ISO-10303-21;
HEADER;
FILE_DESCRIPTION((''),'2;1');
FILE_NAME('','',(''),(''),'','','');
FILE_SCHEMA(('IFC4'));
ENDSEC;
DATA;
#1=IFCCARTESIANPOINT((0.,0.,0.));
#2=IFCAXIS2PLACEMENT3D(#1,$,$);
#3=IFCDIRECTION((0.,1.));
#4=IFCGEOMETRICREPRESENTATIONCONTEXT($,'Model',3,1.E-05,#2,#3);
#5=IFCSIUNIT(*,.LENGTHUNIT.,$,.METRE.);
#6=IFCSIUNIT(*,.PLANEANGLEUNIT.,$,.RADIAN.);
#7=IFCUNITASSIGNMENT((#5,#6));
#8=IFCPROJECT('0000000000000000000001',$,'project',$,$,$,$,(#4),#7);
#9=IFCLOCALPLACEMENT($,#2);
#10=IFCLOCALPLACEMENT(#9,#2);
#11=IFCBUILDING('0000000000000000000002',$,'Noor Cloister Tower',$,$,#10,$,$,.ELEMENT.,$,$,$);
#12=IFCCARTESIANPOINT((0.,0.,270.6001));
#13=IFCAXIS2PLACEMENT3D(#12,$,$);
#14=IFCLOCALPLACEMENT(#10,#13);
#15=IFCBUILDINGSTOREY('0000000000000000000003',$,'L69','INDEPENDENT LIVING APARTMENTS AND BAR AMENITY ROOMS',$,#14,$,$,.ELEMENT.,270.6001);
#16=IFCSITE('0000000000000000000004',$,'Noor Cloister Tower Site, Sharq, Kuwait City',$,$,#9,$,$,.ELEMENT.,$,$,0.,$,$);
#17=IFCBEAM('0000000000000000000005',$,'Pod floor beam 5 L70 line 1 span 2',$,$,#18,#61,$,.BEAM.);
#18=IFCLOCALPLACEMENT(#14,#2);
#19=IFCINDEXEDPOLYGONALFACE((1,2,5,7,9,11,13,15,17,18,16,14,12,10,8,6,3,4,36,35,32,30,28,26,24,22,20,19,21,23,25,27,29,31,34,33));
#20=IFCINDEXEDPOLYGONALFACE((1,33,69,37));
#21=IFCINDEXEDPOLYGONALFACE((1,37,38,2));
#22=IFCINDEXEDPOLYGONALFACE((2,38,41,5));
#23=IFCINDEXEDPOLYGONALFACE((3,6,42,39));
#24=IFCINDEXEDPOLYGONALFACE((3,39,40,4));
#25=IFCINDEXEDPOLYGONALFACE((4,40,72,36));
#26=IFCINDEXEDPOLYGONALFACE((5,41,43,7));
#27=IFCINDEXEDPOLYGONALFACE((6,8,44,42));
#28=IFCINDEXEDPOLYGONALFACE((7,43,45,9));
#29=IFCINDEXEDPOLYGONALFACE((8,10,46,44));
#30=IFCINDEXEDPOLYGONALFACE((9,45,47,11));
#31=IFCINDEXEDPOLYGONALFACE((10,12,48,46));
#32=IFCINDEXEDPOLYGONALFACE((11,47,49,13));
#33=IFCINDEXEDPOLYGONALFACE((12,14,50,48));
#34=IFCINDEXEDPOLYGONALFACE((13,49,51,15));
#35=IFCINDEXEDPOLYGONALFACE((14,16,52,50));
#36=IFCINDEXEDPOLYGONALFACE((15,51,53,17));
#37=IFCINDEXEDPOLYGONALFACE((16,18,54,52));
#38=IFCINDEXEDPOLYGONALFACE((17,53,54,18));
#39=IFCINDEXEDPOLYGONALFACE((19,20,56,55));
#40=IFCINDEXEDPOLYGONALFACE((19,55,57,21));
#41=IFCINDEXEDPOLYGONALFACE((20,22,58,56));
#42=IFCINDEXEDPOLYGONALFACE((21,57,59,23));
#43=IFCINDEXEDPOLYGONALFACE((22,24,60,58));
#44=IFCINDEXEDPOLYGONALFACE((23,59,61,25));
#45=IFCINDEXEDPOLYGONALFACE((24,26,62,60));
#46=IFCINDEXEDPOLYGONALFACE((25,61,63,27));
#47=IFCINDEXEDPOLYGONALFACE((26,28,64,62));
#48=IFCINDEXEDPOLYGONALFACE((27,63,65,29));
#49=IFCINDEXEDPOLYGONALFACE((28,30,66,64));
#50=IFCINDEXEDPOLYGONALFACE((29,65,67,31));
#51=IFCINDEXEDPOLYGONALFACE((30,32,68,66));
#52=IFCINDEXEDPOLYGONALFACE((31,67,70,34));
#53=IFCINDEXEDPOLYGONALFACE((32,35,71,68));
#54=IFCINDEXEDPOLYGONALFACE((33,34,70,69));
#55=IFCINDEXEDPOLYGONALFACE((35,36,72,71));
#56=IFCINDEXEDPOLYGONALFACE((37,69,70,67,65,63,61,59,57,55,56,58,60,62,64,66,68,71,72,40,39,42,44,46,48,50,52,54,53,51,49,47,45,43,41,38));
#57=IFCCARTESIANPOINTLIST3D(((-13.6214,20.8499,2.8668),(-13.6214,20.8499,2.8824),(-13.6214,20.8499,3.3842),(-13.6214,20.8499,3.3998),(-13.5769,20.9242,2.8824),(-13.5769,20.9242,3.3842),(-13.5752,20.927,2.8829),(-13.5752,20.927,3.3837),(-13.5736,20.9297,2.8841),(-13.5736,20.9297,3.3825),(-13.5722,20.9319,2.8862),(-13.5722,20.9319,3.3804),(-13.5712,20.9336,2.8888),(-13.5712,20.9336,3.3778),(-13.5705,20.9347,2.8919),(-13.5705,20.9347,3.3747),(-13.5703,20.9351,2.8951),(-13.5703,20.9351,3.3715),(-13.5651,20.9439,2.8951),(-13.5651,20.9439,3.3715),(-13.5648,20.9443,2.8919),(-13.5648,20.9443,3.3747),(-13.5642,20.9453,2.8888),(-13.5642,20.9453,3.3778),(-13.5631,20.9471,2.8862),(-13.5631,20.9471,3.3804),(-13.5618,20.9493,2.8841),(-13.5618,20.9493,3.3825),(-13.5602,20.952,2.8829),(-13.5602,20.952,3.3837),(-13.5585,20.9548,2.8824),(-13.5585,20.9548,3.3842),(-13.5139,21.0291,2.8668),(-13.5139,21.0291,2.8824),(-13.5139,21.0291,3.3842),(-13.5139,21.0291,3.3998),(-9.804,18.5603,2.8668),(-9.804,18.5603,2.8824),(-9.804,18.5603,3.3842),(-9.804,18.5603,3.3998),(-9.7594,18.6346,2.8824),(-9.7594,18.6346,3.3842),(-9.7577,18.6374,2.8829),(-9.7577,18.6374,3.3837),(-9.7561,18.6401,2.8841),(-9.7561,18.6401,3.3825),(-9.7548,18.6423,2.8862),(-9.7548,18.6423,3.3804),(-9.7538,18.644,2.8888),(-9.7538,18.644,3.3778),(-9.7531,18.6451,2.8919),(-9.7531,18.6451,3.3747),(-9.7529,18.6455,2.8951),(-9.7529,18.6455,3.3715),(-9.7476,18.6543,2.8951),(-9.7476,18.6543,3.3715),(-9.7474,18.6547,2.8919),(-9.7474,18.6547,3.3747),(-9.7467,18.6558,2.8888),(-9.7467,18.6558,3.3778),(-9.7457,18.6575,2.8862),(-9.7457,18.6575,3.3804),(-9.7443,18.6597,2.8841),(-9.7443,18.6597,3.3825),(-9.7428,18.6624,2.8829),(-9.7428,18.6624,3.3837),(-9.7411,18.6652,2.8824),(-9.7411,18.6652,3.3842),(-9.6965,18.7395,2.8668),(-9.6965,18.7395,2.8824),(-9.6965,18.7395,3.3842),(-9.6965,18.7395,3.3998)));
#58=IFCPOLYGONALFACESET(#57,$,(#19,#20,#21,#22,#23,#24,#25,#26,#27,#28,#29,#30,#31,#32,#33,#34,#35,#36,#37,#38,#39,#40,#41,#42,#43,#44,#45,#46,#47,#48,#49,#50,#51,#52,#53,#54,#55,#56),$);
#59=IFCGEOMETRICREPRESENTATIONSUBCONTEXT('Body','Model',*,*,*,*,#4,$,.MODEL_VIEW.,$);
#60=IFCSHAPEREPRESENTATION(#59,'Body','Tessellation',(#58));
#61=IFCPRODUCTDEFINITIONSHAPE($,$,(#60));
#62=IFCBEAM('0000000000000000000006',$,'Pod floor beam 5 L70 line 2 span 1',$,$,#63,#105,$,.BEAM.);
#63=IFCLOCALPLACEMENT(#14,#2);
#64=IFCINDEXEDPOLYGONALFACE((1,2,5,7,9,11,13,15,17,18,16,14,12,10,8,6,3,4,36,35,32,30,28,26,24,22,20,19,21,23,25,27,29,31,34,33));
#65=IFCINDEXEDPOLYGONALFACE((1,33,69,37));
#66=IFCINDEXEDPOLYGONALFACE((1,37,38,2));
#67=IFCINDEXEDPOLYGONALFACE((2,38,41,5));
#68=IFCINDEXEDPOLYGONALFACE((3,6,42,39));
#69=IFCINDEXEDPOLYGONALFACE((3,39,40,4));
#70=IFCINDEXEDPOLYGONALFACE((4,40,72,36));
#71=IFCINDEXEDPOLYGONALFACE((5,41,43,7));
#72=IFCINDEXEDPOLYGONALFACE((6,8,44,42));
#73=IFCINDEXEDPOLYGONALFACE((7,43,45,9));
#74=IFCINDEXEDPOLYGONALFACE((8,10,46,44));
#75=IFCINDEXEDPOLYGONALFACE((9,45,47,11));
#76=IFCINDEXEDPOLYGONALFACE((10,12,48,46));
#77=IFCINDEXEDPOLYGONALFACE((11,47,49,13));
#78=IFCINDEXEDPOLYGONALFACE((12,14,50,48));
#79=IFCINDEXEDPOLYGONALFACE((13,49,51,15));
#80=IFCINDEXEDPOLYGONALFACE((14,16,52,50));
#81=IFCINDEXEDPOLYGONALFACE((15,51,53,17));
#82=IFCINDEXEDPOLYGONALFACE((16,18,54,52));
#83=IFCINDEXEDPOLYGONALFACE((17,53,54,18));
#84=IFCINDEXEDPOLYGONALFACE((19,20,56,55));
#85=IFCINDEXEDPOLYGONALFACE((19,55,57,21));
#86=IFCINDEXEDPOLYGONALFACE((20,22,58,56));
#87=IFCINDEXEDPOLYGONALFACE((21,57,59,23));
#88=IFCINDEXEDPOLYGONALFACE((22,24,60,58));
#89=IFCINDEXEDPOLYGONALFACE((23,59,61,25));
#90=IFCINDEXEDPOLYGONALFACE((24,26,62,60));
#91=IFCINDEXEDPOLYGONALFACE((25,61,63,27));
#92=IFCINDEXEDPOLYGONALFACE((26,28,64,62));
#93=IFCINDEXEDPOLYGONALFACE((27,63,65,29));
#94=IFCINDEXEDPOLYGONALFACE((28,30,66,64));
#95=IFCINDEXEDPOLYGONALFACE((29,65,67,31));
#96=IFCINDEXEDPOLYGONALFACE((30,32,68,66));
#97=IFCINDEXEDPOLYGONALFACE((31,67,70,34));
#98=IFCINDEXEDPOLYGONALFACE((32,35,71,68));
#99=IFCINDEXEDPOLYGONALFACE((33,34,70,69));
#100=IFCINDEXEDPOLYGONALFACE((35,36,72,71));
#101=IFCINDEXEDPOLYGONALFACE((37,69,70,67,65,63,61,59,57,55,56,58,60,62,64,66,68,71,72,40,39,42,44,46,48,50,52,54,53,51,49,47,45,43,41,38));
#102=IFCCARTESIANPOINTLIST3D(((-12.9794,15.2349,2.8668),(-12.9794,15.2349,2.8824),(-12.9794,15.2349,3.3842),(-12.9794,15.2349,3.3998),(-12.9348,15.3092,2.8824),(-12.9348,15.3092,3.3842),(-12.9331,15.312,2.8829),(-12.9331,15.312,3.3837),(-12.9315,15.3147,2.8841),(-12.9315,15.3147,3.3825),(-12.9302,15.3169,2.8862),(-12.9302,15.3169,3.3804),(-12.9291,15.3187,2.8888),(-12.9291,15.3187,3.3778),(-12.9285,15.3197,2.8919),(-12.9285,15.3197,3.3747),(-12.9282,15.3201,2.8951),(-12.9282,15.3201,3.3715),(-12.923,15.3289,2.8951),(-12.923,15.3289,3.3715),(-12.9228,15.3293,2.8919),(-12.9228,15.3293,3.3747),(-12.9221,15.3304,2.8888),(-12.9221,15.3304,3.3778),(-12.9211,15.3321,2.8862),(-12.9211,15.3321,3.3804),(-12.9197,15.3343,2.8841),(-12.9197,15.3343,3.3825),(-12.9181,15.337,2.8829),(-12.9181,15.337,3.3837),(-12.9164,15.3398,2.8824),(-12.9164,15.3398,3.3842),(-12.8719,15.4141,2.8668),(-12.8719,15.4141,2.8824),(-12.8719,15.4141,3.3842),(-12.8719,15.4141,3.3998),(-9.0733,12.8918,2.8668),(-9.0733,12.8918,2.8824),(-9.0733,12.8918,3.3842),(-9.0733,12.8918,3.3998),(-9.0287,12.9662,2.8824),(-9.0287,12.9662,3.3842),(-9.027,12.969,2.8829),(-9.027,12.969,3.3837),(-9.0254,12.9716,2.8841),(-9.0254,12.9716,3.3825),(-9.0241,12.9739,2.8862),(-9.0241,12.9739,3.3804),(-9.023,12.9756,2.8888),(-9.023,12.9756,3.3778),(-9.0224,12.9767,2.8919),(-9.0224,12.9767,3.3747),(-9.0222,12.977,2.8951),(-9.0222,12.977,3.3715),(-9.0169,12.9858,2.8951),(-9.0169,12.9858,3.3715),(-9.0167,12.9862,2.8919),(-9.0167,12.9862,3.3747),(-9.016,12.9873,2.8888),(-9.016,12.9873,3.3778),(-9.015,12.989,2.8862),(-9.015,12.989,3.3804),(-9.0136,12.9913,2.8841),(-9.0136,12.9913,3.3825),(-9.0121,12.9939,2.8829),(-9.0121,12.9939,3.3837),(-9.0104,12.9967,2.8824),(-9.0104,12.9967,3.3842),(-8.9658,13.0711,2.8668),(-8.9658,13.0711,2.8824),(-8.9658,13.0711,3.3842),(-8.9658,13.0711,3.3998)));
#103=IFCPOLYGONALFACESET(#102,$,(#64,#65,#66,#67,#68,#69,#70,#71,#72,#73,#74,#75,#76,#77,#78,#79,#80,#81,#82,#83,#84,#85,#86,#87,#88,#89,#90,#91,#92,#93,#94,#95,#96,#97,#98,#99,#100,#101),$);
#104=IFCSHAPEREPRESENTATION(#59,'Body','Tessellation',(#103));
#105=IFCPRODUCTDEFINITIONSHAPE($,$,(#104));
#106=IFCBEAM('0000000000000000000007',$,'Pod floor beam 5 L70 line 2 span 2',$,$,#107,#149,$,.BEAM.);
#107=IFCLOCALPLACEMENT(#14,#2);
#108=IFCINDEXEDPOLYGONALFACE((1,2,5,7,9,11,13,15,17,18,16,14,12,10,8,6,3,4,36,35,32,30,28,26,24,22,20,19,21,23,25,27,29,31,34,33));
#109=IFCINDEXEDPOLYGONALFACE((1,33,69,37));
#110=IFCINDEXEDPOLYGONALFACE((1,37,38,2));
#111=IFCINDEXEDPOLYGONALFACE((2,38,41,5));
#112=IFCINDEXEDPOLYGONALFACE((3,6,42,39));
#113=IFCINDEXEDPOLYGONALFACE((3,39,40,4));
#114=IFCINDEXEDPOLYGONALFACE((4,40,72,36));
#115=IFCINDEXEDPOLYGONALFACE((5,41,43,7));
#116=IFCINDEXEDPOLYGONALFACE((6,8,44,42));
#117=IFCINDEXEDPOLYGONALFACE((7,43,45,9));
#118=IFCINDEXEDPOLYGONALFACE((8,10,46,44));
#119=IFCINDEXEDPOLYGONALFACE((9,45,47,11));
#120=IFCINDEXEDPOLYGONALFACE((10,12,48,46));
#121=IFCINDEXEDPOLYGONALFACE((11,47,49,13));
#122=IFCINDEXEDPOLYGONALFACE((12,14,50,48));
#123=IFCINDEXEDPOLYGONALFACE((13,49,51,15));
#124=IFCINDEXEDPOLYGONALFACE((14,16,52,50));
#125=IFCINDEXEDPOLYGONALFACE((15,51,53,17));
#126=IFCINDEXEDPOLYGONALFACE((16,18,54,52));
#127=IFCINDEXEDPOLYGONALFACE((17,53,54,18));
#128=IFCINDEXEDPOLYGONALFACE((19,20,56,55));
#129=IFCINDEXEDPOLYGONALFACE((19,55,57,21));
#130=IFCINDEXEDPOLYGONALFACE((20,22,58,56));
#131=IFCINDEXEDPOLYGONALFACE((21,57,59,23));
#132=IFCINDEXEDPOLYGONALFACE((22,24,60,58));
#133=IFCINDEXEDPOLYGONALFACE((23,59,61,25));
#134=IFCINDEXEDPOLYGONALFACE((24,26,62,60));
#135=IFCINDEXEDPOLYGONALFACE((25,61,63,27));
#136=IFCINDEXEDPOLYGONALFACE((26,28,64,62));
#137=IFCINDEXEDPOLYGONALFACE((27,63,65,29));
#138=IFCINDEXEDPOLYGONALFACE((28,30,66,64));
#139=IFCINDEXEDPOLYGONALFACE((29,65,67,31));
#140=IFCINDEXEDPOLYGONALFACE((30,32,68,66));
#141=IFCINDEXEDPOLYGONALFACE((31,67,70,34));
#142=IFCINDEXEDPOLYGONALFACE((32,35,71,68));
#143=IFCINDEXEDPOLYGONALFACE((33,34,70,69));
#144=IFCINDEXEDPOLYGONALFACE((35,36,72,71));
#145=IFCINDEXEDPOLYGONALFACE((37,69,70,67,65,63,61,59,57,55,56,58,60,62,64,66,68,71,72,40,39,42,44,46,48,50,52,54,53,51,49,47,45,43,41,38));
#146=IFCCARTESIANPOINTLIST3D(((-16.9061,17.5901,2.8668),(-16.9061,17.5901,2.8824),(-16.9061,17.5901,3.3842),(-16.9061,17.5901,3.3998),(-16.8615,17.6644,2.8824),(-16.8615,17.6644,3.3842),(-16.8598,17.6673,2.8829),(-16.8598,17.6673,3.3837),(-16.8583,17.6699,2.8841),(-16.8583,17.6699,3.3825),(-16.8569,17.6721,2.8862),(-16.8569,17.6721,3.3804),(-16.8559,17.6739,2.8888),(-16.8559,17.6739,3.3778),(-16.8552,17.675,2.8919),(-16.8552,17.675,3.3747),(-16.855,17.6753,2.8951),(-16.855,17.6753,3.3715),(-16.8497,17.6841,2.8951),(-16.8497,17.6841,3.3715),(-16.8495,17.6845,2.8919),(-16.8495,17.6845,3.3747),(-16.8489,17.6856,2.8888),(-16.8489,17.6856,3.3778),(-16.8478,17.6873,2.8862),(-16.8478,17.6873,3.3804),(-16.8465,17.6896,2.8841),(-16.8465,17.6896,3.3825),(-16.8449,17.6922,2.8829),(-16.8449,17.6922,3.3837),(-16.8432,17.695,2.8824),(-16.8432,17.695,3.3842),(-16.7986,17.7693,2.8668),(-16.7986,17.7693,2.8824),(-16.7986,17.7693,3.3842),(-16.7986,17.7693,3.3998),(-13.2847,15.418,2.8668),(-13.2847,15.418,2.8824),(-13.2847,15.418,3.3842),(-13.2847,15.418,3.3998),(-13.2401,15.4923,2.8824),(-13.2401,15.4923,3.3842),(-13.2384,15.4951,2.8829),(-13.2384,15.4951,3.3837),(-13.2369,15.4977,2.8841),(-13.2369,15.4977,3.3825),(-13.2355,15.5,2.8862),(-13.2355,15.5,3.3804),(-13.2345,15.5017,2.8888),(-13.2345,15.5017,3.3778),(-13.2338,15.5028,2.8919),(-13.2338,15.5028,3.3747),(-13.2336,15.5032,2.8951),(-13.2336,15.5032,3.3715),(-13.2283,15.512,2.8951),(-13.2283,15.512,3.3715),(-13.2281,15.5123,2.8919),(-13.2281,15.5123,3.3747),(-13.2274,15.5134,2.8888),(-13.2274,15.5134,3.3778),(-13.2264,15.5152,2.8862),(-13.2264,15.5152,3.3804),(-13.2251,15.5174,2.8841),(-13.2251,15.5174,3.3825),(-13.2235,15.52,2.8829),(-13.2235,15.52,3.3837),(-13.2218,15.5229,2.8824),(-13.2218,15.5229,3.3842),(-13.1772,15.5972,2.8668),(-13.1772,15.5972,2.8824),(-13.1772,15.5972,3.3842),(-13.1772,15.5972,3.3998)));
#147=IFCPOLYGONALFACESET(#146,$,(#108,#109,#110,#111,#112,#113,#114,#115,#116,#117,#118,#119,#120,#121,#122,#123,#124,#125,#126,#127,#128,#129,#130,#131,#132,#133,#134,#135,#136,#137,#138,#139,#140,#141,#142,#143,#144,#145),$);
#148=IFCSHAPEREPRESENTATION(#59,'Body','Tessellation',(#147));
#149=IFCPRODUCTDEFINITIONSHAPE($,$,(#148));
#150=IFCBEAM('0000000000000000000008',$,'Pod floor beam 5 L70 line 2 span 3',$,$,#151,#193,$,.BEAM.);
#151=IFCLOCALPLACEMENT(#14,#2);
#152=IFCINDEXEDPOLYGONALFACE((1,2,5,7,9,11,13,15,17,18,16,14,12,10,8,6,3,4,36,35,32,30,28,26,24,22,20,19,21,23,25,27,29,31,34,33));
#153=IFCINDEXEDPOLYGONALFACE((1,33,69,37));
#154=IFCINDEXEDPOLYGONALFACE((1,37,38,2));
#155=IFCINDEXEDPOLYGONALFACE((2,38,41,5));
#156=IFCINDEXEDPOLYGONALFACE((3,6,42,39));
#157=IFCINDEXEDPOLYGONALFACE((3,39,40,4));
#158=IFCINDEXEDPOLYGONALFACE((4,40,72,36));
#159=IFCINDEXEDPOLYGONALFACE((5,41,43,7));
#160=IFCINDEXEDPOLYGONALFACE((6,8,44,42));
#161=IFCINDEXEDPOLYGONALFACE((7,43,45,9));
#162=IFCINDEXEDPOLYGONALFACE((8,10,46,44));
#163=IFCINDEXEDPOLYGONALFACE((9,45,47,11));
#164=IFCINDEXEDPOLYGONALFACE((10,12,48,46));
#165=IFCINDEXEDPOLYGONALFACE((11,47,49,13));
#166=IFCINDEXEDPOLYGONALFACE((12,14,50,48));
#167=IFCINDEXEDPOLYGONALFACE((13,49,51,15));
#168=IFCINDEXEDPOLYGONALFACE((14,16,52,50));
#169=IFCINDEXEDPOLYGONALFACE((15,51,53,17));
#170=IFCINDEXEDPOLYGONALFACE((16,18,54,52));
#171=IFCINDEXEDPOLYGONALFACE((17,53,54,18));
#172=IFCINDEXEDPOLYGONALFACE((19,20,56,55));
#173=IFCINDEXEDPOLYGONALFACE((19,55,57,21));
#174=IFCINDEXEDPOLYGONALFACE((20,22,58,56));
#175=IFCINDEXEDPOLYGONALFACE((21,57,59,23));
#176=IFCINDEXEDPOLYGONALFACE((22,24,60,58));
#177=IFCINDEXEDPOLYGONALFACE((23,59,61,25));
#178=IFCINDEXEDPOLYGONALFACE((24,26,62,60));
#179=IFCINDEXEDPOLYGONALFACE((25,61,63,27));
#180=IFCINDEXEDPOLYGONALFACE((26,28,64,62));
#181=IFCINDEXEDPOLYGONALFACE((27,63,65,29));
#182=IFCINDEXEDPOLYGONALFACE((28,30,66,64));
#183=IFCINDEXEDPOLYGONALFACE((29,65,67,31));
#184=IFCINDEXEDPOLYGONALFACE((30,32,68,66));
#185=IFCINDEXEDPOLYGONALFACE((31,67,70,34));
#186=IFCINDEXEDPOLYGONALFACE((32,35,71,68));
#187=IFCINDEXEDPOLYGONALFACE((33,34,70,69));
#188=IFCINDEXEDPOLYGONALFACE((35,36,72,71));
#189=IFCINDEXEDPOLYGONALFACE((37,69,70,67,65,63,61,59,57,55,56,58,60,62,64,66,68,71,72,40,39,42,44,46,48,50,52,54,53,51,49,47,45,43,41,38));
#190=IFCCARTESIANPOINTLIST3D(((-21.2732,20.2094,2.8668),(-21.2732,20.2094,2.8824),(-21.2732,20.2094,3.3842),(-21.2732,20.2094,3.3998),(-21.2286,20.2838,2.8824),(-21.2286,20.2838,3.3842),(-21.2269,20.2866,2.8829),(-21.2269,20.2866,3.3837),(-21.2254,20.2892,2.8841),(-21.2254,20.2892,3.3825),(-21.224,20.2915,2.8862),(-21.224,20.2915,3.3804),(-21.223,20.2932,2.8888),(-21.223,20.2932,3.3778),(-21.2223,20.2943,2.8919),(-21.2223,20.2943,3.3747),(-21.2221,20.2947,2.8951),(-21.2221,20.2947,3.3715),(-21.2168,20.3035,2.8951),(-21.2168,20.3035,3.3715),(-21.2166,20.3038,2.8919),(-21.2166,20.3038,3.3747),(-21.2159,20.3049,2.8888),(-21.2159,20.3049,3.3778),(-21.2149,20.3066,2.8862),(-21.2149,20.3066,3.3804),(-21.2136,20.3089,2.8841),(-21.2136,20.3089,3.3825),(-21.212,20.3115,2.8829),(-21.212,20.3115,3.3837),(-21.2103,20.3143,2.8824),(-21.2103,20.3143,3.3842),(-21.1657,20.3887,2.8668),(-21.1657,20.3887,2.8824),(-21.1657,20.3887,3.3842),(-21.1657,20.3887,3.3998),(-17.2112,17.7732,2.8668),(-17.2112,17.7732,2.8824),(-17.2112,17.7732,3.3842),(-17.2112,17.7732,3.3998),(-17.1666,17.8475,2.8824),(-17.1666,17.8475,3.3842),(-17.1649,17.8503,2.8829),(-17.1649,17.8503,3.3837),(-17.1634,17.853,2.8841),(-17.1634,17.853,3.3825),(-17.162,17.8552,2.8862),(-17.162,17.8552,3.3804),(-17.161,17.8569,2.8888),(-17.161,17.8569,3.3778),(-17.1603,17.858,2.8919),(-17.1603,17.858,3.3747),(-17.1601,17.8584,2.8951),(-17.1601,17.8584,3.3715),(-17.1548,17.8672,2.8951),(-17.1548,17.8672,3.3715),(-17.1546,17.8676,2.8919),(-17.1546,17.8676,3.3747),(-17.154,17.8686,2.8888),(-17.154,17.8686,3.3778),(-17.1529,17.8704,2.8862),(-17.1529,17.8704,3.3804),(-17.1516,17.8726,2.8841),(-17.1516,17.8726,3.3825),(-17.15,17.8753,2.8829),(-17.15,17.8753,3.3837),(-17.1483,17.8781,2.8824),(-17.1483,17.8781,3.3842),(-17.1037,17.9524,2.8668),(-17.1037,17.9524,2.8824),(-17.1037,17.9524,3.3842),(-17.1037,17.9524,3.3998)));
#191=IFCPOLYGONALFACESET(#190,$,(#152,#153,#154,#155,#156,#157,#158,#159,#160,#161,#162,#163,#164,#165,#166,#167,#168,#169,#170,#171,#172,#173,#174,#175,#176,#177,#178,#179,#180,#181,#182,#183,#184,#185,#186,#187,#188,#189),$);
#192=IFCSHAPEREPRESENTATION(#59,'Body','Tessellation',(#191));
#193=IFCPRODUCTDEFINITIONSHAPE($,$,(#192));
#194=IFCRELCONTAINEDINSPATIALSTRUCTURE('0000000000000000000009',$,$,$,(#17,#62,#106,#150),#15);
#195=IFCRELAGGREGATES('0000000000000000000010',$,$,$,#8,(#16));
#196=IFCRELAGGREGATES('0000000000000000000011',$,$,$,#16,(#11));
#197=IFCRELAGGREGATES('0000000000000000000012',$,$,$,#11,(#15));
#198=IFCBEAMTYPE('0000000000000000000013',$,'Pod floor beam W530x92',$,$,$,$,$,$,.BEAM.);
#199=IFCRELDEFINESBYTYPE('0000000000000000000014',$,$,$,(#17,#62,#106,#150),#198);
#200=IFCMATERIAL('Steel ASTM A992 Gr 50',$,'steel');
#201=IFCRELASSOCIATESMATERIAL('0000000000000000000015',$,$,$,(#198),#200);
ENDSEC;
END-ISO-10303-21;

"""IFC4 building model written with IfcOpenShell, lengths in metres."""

from ifc_helpers import new_model, si_unit, direction, frame, origin, origin_2d, place, context, subcontext, project, spatial, i_section, extrude, material, material_profile, profile_set, type_object, element, save


model = new_model("IFC4")

# Units and contexts
model_context = context("Model", 3, precision=1e-05, world=origin(), true_north=direction((0.0, 1.0)))
body_context = subcontext(model_context, "Body", "Model", "MODEL_VIEW")
ifc_project = project(units=[si_unit("LENGTHUNIT", "METRE"), si_unit("PLANEANGLEUNIT", "RADIAN")], contexts=[model_context])

# Site, building, storey
site_placement = place(None, origin())
site = spatial("IfcSite", under=ifc_project, at=site_placement, Name="Noor Cloister Tower Site, Sharq, Kuwait City", CompositionType="ELEMENT", RefElevation=0.0)
building_placement = place(site_placement, origin())
building = spatial("IfcBuilding", under=site, at=building_placement, Name="Noor Cloister Tower", CompositionType="ELEMENT")
storey_placement = place(building_placement, frame((0.0, 0.0, 270.6001)))
storey = spatial("IfcBuildingStorey", under=building, at=storey_placement, Name="L69", Description="INDEPENDENT LIVING APARTMENTS AND BAR AMENITY ROOMS", CompositionType="ELEMENT", Elevation=270.6001)

# Beams
ifc_material_1 = material(Name="Steel ASTM A992 Gr 50", Category="steel")
ifc_material_profile_1 = material_profile(ifc_material_1, i_section(OverallWidth=0.209, OverallDepth=0.533, WebThickness=0.0103, FlangeThickness=0.0156, FilletRadius=0.0127, at=origin_2d()), Name="W530x92")
ifc_profile_set_1 = profile_set([ifc_material_profile_1], Name="Steel ASTM A992 Gr 50")
beam_type_1 = type_object("IfcBeamType", Name="Pod floor beam W530x92", PredefinedType="BEAM", material=ifc_profile_set_1)
beam_1_placement = place(storey_placement, frame((-9.7502, 18.6499, 3.1333), z_axis=(-0.85758, 0.514351, 0.0), x_axis=(-0.514351, -0.85758, 0.0)))
element("IfcBeam", 1, at=beam_1_placement, inside=storey, type_object=beam_type_1, Name="Pod floor beam 5 L70 line 1 span 2", PredefinedType="BEAM", context=body_context, shape_type="SweptSolid", body=[
    extrude(i_section(OverallWidth=0.209, OverallDepth=0.533, WebThickness=0.0103, FlangeThickness=0.0156, FilletRadius=0.0127, at=origin_2d()), origin(), (0.0, 0.0, 1.0), 4.4514),
])
beam_2_placement = place(storey_placement, frame((-9.0195, 12.9814, 3.1333), z_axis=(-0.85755, 0.514401, 0.0), x_axis=(-0.514401, -0.85755, 0.0)))
element("IfcBeam", 2, at=beam_2_placement, inside=storey, type_object=beam_type_1, Name="Pod floor beam 5 L70 line 2 span 1", PredefinedType="BEAM", context=body_context, shape_type="SweptSolid", body=[
    extrude(i_section(OverallWidth=0.209, OverallDepth=0.533, WebThickness=0.0103, FlangeThickness=0.0156, FilletRadius=0.0127, at=origin_2d()), origin(), (0.0, 0.0, 1.0), 4.5549),
])
beam_3_placement = place(storey_placement, frame((-13.231, 15.5076, 3.1333), z_axis=(-0.857564, 0.514377, 0.0), x_axis=(-0.514377, -0.857564, 0.0)))
element("IfcBeam", 3, at=beam_3_placement, inside=storey, type_object=beam_type_1, Name="Pod floor beam 5 L70 line 2 span 2", PredefinedType="BEAM", context=body_context, shape_type="SweptSolid", body=[
    extrude(i_section(OverallWidth=0.209, OverallDepth=0.533, WebThickness=0.0103, FlangeThickness=0.0156, FilletRadius=0.0127, at=origin_2d()), origin(), (0.0, 0.0, 1.0), 4.2229),
])
beam_4_placement = place(storey_placement, frame((-17.1575, 17.8628, 3.1333), z_axis=(-0.857579, 0.514352, 0.0), x_axis=(-0.514352, -0.857579, 0.0)))
element("IfcBeam", 4, at=beam_4_placement, inside=storey, type_object=beam_type_1, Name="Pod floor beam 5 L70 line 2 span 3", PredefinedType="BEAM", context=body_context, shape_type="SweptSolid", body=[
    extrude(i_section(OverallWidth=0.209, OverallDepth=0.533, WebThickness=0.0103, FlangeThickness=0.0156, FilletRadius=0.0127, at=origin_2d()), origin(), (0.0, 0.0, 1.0), 4.7366),
])

save(model, "model.ifc")
